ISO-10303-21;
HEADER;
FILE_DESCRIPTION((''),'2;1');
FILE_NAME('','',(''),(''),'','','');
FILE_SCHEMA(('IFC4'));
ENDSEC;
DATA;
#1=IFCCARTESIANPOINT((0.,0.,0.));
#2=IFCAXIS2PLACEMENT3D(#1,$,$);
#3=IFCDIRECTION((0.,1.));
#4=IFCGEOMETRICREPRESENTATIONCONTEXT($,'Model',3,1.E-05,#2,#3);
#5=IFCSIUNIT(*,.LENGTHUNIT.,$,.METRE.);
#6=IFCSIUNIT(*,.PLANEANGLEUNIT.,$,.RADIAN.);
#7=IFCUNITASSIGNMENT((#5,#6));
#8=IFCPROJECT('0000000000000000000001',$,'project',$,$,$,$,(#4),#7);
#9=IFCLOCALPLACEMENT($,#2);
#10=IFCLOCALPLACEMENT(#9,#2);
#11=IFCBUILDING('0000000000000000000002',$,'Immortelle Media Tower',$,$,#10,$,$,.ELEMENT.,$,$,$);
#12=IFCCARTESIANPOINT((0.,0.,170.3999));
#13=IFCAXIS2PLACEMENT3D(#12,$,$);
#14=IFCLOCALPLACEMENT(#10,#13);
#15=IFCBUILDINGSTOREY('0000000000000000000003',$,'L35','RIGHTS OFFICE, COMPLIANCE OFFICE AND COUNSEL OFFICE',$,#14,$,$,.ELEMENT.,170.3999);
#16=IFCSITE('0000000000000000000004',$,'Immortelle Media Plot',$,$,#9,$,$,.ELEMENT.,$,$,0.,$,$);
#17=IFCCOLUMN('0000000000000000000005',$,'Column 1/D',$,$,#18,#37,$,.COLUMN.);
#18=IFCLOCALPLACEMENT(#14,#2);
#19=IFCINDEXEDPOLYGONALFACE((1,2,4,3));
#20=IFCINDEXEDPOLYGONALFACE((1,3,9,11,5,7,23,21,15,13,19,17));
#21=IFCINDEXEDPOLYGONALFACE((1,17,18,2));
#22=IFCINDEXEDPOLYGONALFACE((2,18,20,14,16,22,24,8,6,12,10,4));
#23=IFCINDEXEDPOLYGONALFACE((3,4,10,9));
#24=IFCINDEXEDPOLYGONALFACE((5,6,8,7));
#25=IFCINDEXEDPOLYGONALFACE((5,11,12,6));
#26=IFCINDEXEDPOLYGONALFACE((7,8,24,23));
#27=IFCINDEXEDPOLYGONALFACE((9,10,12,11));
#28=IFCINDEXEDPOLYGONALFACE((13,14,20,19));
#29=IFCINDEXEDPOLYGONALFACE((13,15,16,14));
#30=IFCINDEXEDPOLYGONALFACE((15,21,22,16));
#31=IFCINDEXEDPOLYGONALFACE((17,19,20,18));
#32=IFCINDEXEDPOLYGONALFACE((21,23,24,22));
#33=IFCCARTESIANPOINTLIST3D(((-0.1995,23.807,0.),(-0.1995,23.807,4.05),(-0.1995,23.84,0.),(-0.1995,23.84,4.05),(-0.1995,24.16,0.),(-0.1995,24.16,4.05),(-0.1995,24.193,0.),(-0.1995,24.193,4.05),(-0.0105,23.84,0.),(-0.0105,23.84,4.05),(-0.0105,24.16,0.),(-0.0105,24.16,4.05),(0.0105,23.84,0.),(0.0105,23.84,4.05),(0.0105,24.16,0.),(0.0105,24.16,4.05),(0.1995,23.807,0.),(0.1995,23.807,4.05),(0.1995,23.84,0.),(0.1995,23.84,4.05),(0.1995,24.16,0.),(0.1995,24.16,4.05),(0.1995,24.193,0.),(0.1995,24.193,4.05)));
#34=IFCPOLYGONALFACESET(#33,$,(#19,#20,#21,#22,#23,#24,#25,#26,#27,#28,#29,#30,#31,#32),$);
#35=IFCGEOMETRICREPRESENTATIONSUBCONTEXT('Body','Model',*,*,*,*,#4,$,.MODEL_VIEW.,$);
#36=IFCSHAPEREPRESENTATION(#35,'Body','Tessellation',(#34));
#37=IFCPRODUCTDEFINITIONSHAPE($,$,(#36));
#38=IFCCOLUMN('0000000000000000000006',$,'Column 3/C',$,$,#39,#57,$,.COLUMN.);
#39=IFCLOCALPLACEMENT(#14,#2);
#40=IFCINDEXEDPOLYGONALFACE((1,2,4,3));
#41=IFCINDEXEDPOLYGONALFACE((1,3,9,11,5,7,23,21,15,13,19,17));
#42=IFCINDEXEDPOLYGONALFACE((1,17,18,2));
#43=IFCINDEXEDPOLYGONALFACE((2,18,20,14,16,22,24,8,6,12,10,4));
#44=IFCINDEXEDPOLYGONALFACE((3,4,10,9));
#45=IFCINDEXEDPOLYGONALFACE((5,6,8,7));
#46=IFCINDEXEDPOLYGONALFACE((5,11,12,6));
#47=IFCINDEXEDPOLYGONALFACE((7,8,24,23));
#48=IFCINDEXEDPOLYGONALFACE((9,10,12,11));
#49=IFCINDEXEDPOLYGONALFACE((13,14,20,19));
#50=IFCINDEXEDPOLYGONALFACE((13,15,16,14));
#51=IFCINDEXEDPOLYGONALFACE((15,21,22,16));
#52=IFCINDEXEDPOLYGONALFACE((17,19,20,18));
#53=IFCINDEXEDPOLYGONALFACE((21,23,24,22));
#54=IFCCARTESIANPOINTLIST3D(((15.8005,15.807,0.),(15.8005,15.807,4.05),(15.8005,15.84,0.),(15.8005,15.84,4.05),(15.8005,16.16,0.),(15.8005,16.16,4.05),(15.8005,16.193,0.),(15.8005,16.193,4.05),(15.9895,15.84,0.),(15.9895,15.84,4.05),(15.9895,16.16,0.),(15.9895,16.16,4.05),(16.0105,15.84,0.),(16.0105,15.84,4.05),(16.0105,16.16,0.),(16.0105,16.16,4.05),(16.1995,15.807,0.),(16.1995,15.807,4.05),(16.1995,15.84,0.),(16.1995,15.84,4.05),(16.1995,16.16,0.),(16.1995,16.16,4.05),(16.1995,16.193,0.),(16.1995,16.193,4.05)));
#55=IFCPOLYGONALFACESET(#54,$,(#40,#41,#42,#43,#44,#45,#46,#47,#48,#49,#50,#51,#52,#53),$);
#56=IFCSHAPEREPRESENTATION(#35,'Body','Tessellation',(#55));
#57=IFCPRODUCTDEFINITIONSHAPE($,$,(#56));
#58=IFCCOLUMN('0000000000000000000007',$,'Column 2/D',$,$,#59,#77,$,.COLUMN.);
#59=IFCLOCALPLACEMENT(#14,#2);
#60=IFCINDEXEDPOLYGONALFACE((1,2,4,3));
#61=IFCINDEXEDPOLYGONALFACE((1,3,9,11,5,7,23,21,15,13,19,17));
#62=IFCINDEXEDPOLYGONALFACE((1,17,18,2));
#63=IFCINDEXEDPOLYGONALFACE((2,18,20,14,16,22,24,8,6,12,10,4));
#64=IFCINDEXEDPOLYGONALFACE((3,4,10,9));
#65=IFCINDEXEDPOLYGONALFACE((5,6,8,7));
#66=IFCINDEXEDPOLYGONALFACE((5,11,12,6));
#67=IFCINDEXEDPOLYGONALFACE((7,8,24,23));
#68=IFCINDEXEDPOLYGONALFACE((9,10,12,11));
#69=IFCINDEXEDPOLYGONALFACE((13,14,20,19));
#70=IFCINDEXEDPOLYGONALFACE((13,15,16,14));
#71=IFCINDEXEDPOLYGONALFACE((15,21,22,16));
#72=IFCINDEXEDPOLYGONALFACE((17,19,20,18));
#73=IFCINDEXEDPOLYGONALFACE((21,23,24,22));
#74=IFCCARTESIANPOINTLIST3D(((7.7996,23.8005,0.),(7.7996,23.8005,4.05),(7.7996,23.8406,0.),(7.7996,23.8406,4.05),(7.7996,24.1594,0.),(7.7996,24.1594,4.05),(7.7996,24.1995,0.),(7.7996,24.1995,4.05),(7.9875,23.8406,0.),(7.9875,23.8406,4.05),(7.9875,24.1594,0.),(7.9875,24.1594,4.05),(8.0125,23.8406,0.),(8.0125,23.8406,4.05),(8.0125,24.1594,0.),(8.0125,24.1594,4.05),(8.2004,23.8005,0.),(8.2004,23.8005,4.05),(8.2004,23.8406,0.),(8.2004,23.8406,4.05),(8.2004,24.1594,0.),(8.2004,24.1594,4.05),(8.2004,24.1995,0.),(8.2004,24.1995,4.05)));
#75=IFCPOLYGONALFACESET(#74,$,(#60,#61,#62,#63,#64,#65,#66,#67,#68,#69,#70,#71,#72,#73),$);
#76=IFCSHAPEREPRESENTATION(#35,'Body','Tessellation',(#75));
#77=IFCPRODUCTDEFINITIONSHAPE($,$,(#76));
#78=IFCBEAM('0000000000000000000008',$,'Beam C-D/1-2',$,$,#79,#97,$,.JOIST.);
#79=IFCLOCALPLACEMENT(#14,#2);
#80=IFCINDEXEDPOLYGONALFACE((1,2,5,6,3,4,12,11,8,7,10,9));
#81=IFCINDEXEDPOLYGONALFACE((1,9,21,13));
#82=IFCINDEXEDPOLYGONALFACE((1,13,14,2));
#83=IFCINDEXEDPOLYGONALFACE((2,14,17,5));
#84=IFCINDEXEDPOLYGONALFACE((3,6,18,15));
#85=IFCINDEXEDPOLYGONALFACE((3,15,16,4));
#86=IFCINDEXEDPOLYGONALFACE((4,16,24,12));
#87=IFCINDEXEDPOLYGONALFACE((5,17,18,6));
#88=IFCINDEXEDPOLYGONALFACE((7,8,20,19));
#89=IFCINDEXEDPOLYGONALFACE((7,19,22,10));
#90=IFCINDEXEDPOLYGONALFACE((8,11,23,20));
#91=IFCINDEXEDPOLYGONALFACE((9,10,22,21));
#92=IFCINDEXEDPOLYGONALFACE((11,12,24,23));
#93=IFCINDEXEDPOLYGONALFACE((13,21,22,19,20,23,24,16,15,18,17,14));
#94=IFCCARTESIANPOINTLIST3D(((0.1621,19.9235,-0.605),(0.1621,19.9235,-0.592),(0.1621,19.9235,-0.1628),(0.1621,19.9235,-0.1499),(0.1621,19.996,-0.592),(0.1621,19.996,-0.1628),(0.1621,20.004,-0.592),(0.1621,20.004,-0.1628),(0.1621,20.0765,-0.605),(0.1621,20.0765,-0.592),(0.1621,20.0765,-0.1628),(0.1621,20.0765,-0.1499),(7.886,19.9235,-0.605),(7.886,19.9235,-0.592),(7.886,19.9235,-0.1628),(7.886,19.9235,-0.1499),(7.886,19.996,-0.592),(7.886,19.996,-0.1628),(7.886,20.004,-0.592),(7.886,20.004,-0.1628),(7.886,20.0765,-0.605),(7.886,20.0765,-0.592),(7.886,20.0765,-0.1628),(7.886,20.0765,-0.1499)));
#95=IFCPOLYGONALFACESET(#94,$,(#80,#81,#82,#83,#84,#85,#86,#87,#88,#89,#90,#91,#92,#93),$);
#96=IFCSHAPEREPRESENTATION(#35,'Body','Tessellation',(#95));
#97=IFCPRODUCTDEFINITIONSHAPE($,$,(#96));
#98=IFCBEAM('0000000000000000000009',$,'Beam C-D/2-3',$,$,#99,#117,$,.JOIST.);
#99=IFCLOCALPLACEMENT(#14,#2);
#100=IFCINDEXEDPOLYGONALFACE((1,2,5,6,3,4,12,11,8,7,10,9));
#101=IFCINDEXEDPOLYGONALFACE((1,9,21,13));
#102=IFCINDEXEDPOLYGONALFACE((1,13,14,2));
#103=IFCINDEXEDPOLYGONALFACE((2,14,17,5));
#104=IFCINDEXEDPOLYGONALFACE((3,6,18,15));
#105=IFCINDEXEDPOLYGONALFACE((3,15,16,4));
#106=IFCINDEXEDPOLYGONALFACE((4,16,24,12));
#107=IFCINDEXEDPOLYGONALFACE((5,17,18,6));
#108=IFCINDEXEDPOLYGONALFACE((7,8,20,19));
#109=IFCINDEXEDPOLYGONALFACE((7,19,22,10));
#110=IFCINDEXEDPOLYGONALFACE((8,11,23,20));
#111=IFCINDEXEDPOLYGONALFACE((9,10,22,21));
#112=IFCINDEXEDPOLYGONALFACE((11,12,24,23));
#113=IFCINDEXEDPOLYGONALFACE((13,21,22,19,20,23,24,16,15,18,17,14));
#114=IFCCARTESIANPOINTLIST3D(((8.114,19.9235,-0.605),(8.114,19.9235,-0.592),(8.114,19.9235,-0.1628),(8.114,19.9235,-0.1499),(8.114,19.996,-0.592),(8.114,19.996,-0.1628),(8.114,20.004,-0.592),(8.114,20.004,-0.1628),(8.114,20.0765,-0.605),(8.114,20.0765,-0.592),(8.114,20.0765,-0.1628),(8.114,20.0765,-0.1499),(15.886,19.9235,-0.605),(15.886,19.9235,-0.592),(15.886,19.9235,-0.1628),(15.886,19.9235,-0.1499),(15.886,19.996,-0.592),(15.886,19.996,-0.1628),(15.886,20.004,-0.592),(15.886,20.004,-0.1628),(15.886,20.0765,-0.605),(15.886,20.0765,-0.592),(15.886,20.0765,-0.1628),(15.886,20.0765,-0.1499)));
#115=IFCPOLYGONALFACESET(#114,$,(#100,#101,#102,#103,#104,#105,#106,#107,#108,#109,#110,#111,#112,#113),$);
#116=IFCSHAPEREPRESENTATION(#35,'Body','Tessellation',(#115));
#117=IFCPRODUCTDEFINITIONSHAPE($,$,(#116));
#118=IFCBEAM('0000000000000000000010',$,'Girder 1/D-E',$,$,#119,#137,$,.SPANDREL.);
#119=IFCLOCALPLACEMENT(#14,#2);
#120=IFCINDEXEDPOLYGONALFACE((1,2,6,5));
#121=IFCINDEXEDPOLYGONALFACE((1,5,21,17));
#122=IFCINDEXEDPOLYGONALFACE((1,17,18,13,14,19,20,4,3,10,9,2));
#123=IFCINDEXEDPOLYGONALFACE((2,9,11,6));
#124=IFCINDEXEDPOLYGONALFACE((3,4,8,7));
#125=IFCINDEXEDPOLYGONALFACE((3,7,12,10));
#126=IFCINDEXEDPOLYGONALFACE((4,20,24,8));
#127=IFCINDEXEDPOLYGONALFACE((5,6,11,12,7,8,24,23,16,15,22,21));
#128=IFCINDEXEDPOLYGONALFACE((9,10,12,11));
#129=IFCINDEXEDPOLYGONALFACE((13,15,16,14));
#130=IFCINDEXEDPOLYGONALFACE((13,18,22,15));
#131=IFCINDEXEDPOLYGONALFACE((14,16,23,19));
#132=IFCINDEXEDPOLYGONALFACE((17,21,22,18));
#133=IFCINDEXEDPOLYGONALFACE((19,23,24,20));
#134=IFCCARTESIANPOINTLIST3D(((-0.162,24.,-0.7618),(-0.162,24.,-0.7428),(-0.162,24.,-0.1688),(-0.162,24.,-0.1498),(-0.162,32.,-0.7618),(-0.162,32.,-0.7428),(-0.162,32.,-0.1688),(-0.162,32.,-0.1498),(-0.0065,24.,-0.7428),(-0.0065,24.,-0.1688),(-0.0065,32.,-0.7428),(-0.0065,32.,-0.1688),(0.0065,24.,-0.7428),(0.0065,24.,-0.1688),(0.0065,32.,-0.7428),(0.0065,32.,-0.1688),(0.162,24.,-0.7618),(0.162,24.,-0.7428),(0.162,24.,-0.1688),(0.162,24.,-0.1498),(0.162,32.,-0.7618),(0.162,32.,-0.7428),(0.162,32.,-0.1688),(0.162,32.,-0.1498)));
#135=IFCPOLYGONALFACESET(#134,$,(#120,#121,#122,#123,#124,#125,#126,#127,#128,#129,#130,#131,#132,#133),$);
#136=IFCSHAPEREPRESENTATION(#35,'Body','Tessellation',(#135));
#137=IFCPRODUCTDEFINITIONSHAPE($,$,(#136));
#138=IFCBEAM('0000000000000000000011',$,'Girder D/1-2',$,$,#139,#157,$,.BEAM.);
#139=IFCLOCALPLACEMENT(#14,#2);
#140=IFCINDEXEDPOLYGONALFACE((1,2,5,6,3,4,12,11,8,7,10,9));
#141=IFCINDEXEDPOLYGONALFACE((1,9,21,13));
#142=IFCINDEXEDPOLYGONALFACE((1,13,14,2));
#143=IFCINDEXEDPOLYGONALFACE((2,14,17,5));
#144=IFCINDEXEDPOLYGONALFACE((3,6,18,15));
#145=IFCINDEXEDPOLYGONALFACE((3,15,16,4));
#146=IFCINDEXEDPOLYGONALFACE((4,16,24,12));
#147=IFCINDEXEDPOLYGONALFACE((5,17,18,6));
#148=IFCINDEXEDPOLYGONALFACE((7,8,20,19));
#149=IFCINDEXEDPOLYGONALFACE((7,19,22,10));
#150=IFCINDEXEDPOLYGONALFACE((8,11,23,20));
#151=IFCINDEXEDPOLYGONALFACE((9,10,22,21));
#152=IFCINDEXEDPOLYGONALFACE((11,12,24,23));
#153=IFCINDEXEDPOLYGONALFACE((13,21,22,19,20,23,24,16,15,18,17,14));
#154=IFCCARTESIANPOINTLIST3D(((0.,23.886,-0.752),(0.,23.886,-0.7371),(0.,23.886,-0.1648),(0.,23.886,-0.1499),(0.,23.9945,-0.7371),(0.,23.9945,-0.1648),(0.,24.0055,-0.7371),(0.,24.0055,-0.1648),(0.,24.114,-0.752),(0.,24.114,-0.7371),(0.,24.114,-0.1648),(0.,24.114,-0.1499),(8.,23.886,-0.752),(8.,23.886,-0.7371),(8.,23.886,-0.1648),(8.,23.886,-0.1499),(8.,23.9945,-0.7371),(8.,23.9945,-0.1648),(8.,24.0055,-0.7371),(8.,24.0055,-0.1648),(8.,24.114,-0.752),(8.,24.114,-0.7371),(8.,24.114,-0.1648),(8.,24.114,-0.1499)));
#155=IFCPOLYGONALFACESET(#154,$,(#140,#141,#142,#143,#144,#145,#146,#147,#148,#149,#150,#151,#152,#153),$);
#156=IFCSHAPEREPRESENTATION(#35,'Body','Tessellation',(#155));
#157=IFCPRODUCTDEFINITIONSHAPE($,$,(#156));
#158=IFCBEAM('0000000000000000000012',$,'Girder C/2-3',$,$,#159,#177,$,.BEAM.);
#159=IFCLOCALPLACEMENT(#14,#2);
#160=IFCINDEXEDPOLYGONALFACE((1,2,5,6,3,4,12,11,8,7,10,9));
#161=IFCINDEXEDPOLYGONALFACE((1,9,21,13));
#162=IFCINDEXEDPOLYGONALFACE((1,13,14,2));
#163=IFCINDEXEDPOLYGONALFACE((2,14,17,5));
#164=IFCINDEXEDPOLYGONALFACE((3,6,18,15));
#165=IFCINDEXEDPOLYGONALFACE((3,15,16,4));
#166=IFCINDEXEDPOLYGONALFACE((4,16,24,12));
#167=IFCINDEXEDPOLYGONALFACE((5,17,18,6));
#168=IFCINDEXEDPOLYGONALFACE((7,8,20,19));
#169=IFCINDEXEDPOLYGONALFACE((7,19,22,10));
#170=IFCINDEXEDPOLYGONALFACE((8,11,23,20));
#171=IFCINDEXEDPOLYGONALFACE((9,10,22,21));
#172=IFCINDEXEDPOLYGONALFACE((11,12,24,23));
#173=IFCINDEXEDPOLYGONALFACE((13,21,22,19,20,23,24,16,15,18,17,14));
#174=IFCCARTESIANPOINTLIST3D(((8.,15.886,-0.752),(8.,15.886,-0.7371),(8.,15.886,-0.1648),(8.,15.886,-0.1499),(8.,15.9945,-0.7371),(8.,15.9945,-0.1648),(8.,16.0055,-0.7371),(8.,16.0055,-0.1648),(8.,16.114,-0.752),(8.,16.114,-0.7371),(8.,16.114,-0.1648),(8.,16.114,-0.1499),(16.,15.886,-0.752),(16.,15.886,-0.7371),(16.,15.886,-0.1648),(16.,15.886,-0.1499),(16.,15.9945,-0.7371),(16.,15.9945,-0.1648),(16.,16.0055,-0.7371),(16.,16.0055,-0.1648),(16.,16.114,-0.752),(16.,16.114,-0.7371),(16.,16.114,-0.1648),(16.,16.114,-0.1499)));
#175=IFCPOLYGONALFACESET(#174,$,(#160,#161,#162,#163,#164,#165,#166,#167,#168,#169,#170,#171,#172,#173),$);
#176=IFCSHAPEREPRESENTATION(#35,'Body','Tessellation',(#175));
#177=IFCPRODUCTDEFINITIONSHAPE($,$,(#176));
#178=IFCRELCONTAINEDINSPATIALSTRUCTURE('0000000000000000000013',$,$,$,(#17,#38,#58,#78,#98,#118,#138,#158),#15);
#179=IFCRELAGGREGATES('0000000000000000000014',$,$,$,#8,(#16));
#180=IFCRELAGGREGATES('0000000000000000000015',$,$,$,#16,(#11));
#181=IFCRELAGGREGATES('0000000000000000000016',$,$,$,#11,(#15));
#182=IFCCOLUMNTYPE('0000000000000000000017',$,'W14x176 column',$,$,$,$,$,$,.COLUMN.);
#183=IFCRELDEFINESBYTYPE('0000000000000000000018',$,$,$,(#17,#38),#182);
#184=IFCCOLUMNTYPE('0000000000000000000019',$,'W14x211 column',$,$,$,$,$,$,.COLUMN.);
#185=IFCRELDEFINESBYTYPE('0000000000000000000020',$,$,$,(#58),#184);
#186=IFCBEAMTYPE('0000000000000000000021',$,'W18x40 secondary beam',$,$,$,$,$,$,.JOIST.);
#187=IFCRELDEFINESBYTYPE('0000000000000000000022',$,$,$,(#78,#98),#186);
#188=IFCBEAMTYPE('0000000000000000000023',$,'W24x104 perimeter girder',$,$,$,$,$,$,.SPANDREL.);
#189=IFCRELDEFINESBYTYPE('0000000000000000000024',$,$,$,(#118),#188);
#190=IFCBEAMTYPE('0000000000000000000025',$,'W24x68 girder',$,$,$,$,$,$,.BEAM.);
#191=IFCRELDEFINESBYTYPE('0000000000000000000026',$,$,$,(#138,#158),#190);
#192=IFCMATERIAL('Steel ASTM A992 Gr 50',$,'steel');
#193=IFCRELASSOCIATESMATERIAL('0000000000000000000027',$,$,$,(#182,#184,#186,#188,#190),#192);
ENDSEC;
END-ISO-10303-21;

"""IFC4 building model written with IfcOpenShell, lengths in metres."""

from ifc_helpers import new_model, si_unit, direction, frame, origin, origin_2d, place, context, subcontext, project, spatial, i_section, extrude, material, material_profile, profile_set, type_object, element, save


model = new_model("IFC4")

# Units and contexts
model_context = context("Model", 3, precision=1e-05, world=origin(), true_north=direction((0.0, 1.0)))
body_context = subcontext(model_context, "Body", "Model", "MODEL_VIEW")
ifc_project = project(units=[si_unit("LENGTHUNIT", "METRE"), si_unit("PLANEANGLEUNIT", "RADIAN")], contexts=[model_context])

# Site, building, storey
site_placement = place(None, origin())
site = spatial("IfcSite", under=ifc_project, at=site_placement, Name="Immortelle Media Plot", CompositionType="ELEMENT", RefElevation=0.0)
building_placement = place(site_placement, origin())
building = spatial("IfcBuilding", under=site, at=building_placement, Name="Immortelle Media Tower", CompositionType="ELEMENT")
storey_placement = place(building_placement, frame((0.0, 0.0, 170.3999)))
storey = spatial("IfcBuildingStorey", under=building, at=storey_placement, Name="L35", Description="RIGHTS OFFICE, COMPLIANCE OFFICE AND COUNSEL OFFICE", CompositionType="ELEMENT", Elevation=170.3999)

# Columns
ifc_material_1 = material(Name="Steel ASTM A992 Gr 50", Category="steel")
ifc_material_profile_1 = material_profile(ifc_material_1, i_section(OverallWidth=0.3989, OverallDepth=0.386, WebThickness=0.021, FlangeThickness=0.033, at=origin_2d()), Name="W14x176")
ifc_profile_set_1 = profile_set([ifc_material_profile_1], Name="Steel ASTM A992 Gr 50")
column_type_1 = type_object("IfcColumnType", Name="W14x176 column", PredefinedType="COLUMN", material=ifc_profile_set_1)
for number, where, z_axis, x_axis, name in (
    (1, (0.0, 24.0, 0.0), (0.0, 0.0, 1.0), (1.0, 0.0, 0.0), "Column 1/D"),
    (2, (16.0, 16.0, 0.0), (0.0, 0.0, 1.0), (1.0, 0.0, 0.0), "Column 3/C"),
):
    element("IfcColumn", number, at=place(storey_placement, frame(where, z_axis=z_axis, x_axis=x_axis)), inside=storey, type_object=column_type_1, Name=name, PredefinedType="COLUMN", context=body_context, shape_type="SweptSolid", body=[
        extrude(i_section(OverallWidth=0.3989, OverallDepth=0.386, WebThickness=0.021, FlangeThickness=0.033, at=origin_2d()), origin(), (0.0, 0.0, 1.0), 4.05),
    ])
ifc_material_profile_2 = material_profile(ifc_material_1, i_section(OverallWidth=0.4009, OverallDepth=0.3989, WebThickness=0.0249, FlangeThickness=0.04, at=origin_2d()), Name="W14x211")
ifc_profile_set_2 = profile_set([ifc_material_profile_2], Name="Steel ASTM A992 Gr 50")
column_type_2 = type_object("IfcColumnType", Name="W14x211 column", PredefinedType="COLUMN", material=ifc_profile_set_2)
column_placement = place(storey_placement, frame((8.0, 24.0, 0.0), z_axis=(0.0, 0.0, 1.0), x_axis=(1.0, 0.0, 0.0)))
element("IfcColumn", 3, at=column_placement, inside=storey, type_object=column_type_2, Name="Column 2/D", PredefinedType="COLUMN", context=body_context, shape_type="SweptSolid", body=[
    extrude(i_section(OverallWidth=0.4009, OverallDepth=0.3989, WebThickness=0.0249, FlangeThickness=0.04, at=origin_2d()), origin(), (0.0, 0.0, 1.0), 4.05),
])

# Beams
ifc_material_profile_3 = material_profile(ifc_material_1, i_section(OverallWidth=0.1531, OverallDepth=0.4551, WebThickness=0.0081, FlangeThickness=0.0129, at=origin_2d()), Name="W18x40")
ifc_profile_set_3 = profile_set([ifc_material_profile_3], Name="Steel ASTM A992 Gr 50")
beam_type_1 = type_object("IfcBeamType", Name="W18x40 secondary beam", PredefinedType="JOIST", material=ifc_profile_set_3)
beam_1_placement = place(storey_placement, frame((0.1621, 20.0, -0.3774), z_axis=(1.0, 0.0, 0.0), x_axis=(0.0, 1.0, 0.0)))
element("IfcBeam", 4, at=beam_1_placement, inside=storey, type_object=beam_type_1, Name="Beam C-D/1-2", PredefinedType="JOIST", context=body_context, shape_type="SweptSolid", body=[
    extrude(i_section(OverallWidth=0.1531, OverallDepth=0.4551, WebThickness=0.0081, FlangeThickness=0.0129, at=origin_2d()), origin(), (0.0, 0.0, 1.0), 7.7239),
])
beam_2_placement = place(storey_placement, frame((8.114, 20.0, -0.3774), z_axis=(1.0, 0.0, 0.0), x_axis=(0.0, 1.0, 0.0)))
element("IfcBeam", 5, at=beam_2_placement, inside=storey, type_object=beam_type_1, Name="Beam C-D/2-3", PredefinedType="JOIST", context=body_context, shape_type="SweptSolid", body=[
    extrude(i_section(OverallWidth=0.1531, OverallDepth=0.4551, WebThickness=0.0081, FlangeThickness=0.0129, at=origin_2d()), origin(), (0.0, 0.0, 1.0), 7.772),
])
ifc_material_profile_4 = material_profile(ifc_material_1, i_section(OverallWidth=0.324, OverallDepth=0.6121, WebThickness=0.0129, FlangeThickness=0.019, at=origin_2d()), Name="W24x104")
ifc_profile_set_4 = profile_set([ifc_material_profile_4], Name="Steel ASTM A992 Gr 50")
beam_type_2 = type_object("IfcBeamType", Name="W24x104 perimeter girder", PredefinedType="SPANDREL", material=ifc_profile_set_4)
beam_3_placement = place(storey_placement, frame((0.0, 24.0, -0.4558), z_axis=(0.0, 1.0, 0.0), x_axis=(-1.0, 0.0, 0.0)))
element("IfcBeam", 6, at=beam_3_placement, inside=storey, type_object=beam_type_2, Name="Girder 1/D-E", PredefinedType="SPANDREL", context=body_context, shape_type="SweptSolid", body=[
    extrude(i_section(OverallWidth=0.324, OverallDepth=0.6121, WebThickness=0.0129, FlangeThickness=0.019, at=origin_2d()), origin(), (0.0, 0.0, 1.0), 8.0),
])
ifc_material_profile_5 = material_profile(ifc_material_1, i_section(OverallWidth=0.228, OverallDepth=0.6021, WebThickness=0.011, FlangeThickness=0.0149, at=origin_2d()), Name="W24x68")
ifc_profile_set_5 = profile_set([ifc_material_profile_5], Name="Steel ASTM A992 Gr 50")
beam_type_3 = type_object("IfcBeamType", Name="W24x68 girder", PredefinedType="BEAM", material=ifc_profile_set_5)
for number, where, z_axis, x_axis, name in (
    (7, (0.0, 24.0, -0.4509), (1.0, 0.0, 0.0), (0.0, 1.0, 0.0), "Girder D/1-2"),
    (8, (8.0, 16.0, -0.4509), (1.0, 0.0, 0.0), (0.0, 1.0, 0.0), "Girder C/2-3"),
):
    element("IfcBeam", number, at=place(storey_placement, frame(where, z_axis=z_axis, x_axis=x_axis)), inside=storey, type_object=beam_type_3, Name=name, PredefinedType="BEAM", context=body_context, shape_type="SweptSolid", body=[
        extrude(i_section(OverallWidth=0.228, OverallDepth=0.6021, WebThickness=0.011, FlangeThickness=0.0149, at=origin_2d()), origin(), (0.0, 0.0, 1.0), 8.0),
    ])

save(model, "model.ifc")
